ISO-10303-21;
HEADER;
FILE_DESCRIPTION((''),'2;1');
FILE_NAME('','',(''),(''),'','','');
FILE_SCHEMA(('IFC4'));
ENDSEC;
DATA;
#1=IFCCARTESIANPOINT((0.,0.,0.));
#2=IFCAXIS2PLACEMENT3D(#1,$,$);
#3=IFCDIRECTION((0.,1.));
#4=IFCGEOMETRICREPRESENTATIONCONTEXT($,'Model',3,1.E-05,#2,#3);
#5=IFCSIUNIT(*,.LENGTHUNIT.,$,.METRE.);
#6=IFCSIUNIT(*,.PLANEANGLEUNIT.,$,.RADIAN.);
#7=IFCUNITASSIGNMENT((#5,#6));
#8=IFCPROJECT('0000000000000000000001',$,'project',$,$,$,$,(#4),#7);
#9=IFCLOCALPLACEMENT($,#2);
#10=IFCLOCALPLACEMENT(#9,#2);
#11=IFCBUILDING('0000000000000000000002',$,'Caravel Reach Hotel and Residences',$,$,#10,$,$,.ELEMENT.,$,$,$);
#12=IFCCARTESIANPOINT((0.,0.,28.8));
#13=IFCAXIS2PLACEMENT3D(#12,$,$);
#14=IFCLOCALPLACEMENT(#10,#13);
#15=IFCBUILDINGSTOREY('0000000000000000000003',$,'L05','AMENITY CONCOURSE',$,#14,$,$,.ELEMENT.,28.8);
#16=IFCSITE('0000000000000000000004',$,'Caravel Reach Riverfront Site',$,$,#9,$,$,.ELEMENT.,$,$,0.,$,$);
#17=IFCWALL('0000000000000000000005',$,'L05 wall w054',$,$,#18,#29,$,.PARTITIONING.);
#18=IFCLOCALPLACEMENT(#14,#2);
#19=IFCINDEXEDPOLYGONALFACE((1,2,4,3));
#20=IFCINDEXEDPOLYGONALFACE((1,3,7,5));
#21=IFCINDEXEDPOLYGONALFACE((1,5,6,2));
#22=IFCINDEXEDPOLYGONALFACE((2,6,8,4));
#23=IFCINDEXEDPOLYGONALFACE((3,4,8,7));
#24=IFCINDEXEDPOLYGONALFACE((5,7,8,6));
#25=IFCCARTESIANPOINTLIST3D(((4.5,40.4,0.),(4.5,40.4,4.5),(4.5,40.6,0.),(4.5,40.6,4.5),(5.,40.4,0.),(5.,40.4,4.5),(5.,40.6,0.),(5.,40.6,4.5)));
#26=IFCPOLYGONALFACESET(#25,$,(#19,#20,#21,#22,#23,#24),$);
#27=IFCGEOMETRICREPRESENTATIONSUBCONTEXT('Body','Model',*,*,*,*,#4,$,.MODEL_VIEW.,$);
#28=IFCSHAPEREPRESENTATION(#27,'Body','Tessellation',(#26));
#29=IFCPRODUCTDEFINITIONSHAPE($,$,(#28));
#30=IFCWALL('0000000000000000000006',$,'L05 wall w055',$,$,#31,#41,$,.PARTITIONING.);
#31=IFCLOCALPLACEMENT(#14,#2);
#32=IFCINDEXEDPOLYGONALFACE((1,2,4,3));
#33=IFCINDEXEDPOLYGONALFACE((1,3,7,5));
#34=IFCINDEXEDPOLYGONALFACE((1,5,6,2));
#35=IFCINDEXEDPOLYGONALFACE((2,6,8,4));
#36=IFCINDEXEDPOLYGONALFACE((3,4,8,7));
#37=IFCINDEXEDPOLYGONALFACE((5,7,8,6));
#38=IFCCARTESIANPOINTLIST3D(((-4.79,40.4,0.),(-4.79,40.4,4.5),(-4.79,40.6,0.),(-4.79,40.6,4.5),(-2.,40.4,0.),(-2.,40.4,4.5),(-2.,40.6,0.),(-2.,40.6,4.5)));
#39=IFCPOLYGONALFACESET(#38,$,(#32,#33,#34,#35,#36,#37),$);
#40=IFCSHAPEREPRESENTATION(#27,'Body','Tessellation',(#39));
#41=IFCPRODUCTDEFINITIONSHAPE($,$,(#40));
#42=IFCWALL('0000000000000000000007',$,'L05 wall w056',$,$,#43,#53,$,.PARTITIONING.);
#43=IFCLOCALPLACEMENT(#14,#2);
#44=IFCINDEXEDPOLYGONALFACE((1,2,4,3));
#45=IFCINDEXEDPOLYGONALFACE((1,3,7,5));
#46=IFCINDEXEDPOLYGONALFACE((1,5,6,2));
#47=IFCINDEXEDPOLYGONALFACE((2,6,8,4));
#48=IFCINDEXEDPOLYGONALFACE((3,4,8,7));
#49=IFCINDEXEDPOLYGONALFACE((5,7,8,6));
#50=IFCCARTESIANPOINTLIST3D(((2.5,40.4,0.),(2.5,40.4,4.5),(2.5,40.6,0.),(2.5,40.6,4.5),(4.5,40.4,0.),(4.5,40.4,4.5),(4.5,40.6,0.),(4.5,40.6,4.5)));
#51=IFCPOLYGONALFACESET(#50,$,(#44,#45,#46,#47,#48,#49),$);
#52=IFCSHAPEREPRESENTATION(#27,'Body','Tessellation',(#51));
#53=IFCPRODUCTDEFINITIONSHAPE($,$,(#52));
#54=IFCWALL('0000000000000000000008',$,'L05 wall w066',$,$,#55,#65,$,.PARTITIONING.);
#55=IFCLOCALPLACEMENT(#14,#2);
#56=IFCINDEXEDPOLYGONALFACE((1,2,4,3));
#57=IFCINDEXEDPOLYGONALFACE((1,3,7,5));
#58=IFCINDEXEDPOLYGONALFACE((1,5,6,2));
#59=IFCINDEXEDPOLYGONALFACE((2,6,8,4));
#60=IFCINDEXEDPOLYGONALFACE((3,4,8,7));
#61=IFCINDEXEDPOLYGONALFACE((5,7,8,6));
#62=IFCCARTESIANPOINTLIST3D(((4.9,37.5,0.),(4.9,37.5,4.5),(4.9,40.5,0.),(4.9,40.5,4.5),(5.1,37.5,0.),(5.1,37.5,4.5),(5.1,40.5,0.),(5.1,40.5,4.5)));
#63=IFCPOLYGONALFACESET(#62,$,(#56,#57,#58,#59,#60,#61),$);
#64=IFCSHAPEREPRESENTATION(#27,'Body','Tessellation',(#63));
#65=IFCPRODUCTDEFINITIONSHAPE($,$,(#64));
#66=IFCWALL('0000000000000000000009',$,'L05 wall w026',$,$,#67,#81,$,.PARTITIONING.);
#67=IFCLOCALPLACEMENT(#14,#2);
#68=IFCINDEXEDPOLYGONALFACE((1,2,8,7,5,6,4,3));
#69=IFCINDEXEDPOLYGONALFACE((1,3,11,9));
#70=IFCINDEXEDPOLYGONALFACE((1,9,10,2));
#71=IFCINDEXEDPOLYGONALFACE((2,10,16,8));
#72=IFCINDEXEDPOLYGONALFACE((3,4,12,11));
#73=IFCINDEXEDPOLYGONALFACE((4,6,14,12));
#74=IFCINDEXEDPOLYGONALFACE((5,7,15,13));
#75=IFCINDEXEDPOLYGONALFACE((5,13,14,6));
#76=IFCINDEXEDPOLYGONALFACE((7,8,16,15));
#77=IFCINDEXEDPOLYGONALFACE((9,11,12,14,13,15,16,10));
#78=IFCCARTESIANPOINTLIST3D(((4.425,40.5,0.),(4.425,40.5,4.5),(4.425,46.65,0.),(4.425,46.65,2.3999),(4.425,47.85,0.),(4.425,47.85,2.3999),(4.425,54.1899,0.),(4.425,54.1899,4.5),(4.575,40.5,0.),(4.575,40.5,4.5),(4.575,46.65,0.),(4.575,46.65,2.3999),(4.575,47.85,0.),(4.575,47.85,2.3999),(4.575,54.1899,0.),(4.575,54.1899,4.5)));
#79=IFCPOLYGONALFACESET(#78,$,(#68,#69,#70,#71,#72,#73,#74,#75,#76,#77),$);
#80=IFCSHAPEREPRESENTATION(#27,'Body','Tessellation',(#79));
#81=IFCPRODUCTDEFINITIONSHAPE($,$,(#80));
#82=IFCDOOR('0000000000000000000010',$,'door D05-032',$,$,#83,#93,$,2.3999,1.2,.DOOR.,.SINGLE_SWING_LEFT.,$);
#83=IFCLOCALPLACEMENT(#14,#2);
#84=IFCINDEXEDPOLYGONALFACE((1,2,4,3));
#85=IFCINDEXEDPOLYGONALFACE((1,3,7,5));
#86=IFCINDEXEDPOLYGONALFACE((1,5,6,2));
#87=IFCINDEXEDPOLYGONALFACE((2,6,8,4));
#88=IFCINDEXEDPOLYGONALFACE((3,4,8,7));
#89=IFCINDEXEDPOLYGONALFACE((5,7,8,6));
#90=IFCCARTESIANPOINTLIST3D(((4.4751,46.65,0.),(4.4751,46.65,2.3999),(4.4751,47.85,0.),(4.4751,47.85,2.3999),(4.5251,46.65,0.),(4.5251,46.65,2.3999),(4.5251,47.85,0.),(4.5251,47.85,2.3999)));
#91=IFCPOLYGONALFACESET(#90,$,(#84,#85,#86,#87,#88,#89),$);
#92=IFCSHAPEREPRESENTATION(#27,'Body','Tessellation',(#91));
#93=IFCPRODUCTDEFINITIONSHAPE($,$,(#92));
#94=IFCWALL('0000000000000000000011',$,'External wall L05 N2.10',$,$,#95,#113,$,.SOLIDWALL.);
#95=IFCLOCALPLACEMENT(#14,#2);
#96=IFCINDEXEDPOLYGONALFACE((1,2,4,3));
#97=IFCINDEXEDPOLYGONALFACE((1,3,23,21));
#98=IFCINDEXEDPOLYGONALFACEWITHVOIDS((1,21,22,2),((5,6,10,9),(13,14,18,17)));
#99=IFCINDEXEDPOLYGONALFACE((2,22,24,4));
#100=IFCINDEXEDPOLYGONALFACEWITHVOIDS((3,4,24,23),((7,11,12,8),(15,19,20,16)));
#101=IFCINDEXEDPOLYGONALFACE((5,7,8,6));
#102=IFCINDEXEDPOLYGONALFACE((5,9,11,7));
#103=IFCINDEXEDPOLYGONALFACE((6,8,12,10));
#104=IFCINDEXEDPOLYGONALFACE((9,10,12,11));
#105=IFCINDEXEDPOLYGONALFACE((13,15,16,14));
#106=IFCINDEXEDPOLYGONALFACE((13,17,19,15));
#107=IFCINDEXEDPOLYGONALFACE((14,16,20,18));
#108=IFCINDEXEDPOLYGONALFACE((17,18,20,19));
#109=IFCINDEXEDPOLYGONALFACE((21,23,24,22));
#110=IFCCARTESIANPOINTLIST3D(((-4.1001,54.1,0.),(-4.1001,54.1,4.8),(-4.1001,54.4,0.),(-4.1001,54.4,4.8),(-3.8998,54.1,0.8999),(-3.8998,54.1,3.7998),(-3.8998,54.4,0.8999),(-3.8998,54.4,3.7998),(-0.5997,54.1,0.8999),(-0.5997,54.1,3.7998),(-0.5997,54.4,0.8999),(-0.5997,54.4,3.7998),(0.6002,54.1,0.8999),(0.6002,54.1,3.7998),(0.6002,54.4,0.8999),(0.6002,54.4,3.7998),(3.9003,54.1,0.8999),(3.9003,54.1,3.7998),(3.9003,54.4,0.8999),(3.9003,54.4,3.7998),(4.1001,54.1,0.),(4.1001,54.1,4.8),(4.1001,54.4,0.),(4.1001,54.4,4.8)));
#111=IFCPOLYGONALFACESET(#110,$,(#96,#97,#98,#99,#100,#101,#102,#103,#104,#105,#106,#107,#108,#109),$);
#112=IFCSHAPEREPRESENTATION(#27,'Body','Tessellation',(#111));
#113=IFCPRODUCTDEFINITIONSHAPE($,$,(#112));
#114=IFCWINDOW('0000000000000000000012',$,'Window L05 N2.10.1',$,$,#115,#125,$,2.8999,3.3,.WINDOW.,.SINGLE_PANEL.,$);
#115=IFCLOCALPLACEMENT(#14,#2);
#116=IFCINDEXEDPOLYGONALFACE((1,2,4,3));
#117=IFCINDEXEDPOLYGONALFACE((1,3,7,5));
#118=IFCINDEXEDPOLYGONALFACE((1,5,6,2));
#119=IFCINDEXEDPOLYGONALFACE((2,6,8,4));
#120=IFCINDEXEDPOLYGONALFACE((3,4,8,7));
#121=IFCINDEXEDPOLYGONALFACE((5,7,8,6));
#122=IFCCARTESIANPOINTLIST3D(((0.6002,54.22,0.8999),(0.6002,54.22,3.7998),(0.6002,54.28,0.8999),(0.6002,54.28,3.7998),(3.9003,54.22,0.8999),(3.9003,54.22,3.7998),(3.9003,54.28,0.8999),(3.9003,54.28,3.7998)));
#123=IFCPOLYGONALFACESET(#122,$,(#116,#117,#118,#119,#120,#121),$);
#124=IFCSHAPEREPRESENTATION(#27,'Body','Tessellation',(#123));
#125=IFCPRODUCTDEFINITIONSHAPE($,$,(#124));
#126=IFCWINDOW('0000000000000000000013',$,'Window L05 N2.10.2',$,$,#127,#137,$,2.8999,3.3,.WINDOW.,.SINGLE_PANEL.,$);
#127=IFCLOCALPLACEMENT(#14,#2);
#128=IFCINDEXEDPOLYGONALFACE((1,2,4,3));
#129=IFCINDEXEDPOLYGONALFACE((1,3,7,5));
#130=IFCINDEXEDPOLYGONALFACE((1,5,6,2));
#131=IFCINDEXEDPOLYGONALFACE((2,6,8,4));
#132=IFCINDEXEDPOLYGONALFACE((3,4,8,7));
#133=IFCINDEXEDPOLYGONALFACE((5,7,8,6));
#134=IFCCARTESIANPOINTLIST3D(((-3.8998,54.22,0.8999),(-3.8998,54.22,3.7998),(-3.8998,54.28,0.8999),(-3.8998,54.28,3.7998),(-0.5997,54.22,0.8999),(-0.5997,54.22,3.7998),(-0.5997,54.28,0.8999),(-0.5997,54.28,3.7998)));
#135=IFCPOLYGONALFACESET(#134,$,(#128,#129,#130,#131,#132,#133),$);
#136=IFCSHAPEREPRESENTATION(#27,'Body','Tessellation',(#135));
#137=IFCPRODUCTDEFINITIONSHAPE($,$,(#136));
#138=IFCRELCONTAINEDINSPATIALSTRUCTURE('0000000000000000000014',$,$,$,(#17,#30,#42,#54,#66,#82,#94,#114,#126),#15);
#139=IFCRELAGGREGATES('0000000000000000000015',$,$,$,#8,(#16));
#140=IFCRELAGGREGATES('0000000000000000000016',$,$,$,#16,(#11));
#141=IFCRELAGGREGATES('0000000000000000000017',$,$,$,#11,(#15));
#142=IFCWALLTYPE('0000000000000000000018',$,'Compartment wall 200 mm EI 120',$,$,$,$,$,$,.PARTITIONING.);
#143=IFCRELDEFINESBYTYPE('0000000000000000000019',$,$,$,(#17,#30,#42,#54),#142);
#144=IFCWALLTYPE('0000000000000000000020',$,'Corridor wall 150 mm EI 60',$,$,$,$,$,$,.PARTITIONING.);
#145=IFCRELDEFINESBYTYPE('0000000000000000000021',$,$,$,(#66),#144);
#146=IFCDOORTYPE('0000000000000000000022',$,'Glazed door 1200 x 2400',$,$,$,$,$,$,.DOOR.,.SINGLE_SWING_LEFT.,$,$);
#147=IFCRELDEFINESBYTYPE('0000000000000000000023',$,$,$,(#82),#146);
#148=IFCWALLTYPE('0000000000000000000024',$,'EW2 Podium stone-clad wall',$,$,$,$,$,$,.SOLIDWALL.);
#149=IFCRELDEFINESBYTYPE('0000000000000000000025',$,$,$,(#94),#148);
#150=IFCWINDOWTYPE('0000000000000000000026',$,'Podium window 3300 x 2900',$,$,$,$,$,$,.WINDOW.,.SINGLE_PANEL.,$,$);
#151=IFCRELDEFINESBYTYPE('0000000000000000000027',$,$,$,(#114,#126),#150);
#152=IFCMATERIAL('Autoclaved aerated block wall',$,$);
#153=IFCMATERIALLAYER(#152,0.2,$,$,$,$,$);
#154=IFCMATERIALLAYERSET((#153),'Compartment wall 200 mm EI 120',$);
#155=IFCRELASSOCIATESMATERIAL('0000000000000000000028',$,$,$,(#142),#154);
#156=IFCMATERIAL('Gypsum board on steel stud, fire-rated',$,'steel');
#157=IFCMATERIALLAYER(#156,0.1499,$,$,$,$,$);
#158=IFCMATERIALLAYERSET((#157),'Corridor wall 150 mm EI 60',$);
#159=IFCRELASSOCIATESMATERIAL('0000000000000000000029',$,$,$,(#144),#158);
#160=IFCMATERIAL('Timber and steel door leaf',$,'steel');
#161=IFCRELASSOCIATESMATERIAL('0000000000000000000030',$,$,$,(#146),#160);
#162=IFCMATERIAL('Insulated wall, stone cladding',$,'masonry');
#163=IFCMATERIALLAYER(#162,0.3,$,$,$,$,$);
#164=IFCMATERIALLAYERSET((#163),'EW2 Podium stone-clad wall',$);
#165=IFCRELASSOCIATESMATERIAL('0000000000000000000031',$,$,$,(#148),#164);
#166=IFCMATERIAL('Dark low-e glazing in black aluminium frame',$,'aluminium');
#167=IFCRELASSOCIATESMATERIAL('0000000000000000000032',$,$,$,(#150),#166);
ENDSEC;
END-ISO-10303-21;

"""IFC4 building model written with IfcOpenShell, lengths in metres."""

from ifc_helpers import new_model, si_unit, direction, frame, frame_2d, origin, place, context, subcontext, project, spatial, rectangle, extrude, material, layer, layer_set, type_object, element, fill, save


model = new_model("IFC4")

# Units and contexts
model_context = context("Model", 3, precision=1e-05, world=origin(), true_north=direction((0.0, 1.0)))
body_context = subcontext(model_context, "Body", "Model", "MODEL_VIEW")
ifc_project = project(units=[si_unit("LENGTHUNIT", "METRE"), si_unit("PLANEANGLEUNIT", "RADIAN")], contexts=[model_context])

# Site, building, storey
site_placement = place(None, origin())
site = spatial("IfcSite", under=ifc_project, at=site_placement, Name="Caravel Reach Riverfront Site", CompositionType="ELEMENT", RefElevation=0.0)
building_placement = place(site_placement, origin())
building = spatial("IfcBuilding", under=site, at=building_placement, Name="Caravel Reach Hotel and Residences", CompositionType="ELEMENT")
storey_placement = place(building_placement, frame((0.0, 0.0, 28.8)))
storey = spatial("IfcBuildingStorey", under=building, at=storey_placement, Name="L05", Description="AMENITY CONCOURSE", CompositionType="ELEMENT", Elevation=28.8)

# Walls
ifc_material_1 = material(Name="Autoclaved aerated block wall")
ifc_layer_1 = layer(ifc_material_1, 0.2)
ifc_layer_set_1 = layer_set([ifc_layer_1], Name="Compartment wall 200 mm EI 120")
wall_type_1 = type_object("IfcWallType", Name="Compartment wall 200 mm EI 120", PredefinedType="PARTITIONING", material=ifc_layer_set_1)
wall_1_placement = place(storey_placement, frame((4.5, 40.5, 0.0), z_axis=(0.0, 0.0, 1.0), x_axis=(1.0, 0.0, 0.0)))
element("IfcWall", 1, at=wall_1_placement, inside=storey, type_object=wall_type_1, Name="L05 wall w054", PredefinedType="PARTITIONING", context=body_context, shape_type="SweptSolid", body=[
    extrude(rectangle(XDim=0.5, YDim=0.2, at=frame_2d((0.25, 0.0))), origin(), (0.0, 0.0, 1.0), 4.5),
])
wall_2_placement = place(storey_placement, frame((-4.79, 40.5, 0.0), z_axis=(0.0, 0.0, 1.0), x_axis=(1.0, 0.0, 0.0)))
element("IfcWall", 2, at=wall_2_placement, inside=storey, type_object=wall_type_1, Name="L05 wall w055", PredefinedType="PARTITIONING", context=body_context, shape_type="SweptSolid", body=[
    extrude(rectangle(XDim=2.79, YDim=0.2, at=frame_2d((1.395, 0.0))), origin(), (0.0, 0.0, 1.0), 4.5),
])
wall_3_placement = place(storey_placement, frame((2.5, 40.5, 0.0), z_axis=(0.0, 0.0, 1.0), x_axis=(1.0, 0.0, 0.0)))
element("IfcWall", 3, at=wall_3_placement, inside=storey, type_object=wall_type_1, Name="L05 wall w056", PredefinedType="PARTITIONING", context=body_context, shape_type="SweptSolid", body=[
    extrude(rectangle(XDim=2.0, YDim=0.2, at=frame_2d((1.0, 0.0))), origin(), (0.0, 0.0, 1.0), 4.5),
])
wall_4_placement = place(storey_placement, frame((5.0, 37.5, 0.0), z_axis=(0.0, 0.0, 1.0), x_axis=(0.0, 1.0, 0.0)))
element("IfcWall", 4, at=wall_4_placement, inside=storey, type_object=wall_type_1, Name="L05 wall w066", PredefinedType="PARTITIONING", context=body_context, shape_type="SweptSolid", body=[
    extrude(rectangle(XDim=3.0, YDim=0.2, at=frame_2d((1.5, 0.0))), origin(), (0.0, 0.0, 1.0), 4.5),
])

# Wall, opening, door
ifc_material_2 = material(Name="Gypsum board on steel stud, fire-rated", Category="steel")
ifc_layer_2 = layer(ifc_material_2, 0.1499)
ifc_layer_set_2 = layer_set([ifc_layer_2], Name="Corridor wall 150 mm EI 60")
wall_type_2 = type_object("IfcWallType", Name="Corridor wall 150 mm EI 60", PredefinedType="PARTITIONING", material=ifc_layer_set_2)
wall_5_placement = place(storey_placement, frame((4.5, 40.5, 0.0), z_axis=(0.0, 0.0, 1.0), x_axis=(0.0, 1.0, 0.0)))
wall_5 = element("IfcWall", 5, at=wall_5_placement, inside=storey, type_object=wall_type_2, Name="L05 wall w026", PredefinedType="PARTITIONING", context=body_context, shape_type="SweptSolid", body=[
    extrude(rectangle(XDim=13.6899, YDim=0.1499, at=frame_2d((6.845, 0.0))), origin(), (0.0, 0.0, 1.0), 4.5),
])
opening_1_placement = place(wall_5_placement, frame((6.1499, 0.0, 0.0)))
opening_1 = element("IfcOpeningElement", 6, at=opening_1_placement, cuts=wall_5, PredefinedType="OPENING", context=body_context, shape_type="SweptSolid", body=[
    extrude(rectangle(XDim=1.2, YDim=2.3999, at=frame_2d((0.6001, 1.2))), frame((0.0, 0.085, 0.0), z_axis=(0.0, -1.0, 0.0), x_axis=(1.0, 0.0, 0.0)), (0.0, 0.0, 1.0), 0.1699),
])
ifc_material_3 = material(Name="Timber and steel door leaf", Category="steel")
door_type_1 = type_object("IfcDoorType", Name="Glazed door 1200 x 2400", OperationType="SINGLE_SWING_LEFT", PredefinedType="DOOR", material=ifc_material_3)
door_1_placement = place(opening_1_placement, origin())
door_1 = element("IfcDoor", 7, at=door_1_placement, inside=storey, type_object=door_type_1, Name="door D05-032", OperationType="SINGLE_SWING_LEFT", OverallHeight=2.3999, OverallWidth=1.2, PredefinedType="DOOR", context=body_context, shape_type="SweptSolid", body=[
    extrude(rectangle(XDim=1.2, YDim=2.3999, at=frame_2d((0.6001, 1.2))), frame((0.0, 0.0249, 0.0), z_axis=(0.0, -1.0, 0.0), x_axis=(1.0, 0.0, 0.0)), (0.0, 0.0, 1.0), 0.05),
])
fill(opening_1, door_1)

# Wall, openings, windows
ifc_material_4 = material(Name="Insulated wall, stone cladding", Category="masonry")
ifc_layer_3 = layer(ifc_material_4, 0.3)
ifc_layer_set_3 = layer_set([ifc_layer_3], Name="EW2 Podium stone-clad wall")
wall_type_3 = type_object("IfcWallType", Name="EW2 Podium stone-clad wall", PredefinedType="SOLIDWALL", material=ifc_layer_set_3)
wall_6_placement = place(storey_placement, frame((4.1001, 54.25, 0.0), z_axis=(0.0, 0.0, 1.0), x_axis=(-1.0, 0.0, 0.0)))
wall_6 = element("IfcWall", 8, at=wall_6_placement, inside=storey, type_object=wall_type_3, Name="External wall L05 N2.10", PredefinedType="SOLIDWALL", context=body_context, shape_type="SweptSolid", body=[
    extrude(rectangle(XDim=8.2002, YDim=0.3, at=frame_2d((4.1001, 0.0))), origin(), (0.0, 0.0, 1.0), 4.8),
])
opening_2_placement = place(wall_6_placement, frame((0.2, 0.0, 0.8999)))
opening_2 = element("IfcOpeningElement", 9, at=opening_2_placement, cuts=wall_6, PredefinedType="OPENING", context=body_context, shape_type="SweptSolid", body=[
    extrude(rectangle(XDim=3.3, YDim=2.8999, at=frame_2d((1.6499, 1.45))), frame((0.0, 0.1599, 0.0), z_axis=(0.0, -1.0, 0.0), x_axis=(1.0, 0.0, 0.0)), (0.0, 0.0, 1.0), 0.3201),
])
opening_3_placement = place(wall_6_placement, frame((4.7, 0.0, 0.8999)))
opening_3 = element("IfcOpeningElement", 10, at=opening_3_placement, cuts=wall_6, PredefinedType="OPENING", context=body_context, shape_type="SweptSolid", body=[
    extrude(rectangle(XDim=3.3, YDim=2.8999, at=frame_2d((1.6499, 1.45))), frame((0.0, 0.1599, 0.0), z_axis=(0.0, -1.0, 0.0), x_axis=(1.0, 0.0, 0.0)), (0.0, 0.0, 1.0), 0.3201),
])
ifc_material_5 = material(Name="Dark low-e glazing in black aluminium frame", Category="aluminium")
window_type = type_object("IfcWindowType", Name="Podium window 3300 x 2900", PartitioningType="SINGLE_PANEL", PredefinedType="WINDOW", material=ifc_material_5)
window_1_placement = place(opening_2_placement, origin())
window_1 = element("IfcWindow", 11, at=window_1_placement, inside=storey, type_object=window_type, Name="Window L05 N2.10.1", OverallHeight=2.8999, OverallWidth=3.3, PartitioningType="SINGLE_PANEL", PredefinedType="WINDOW", context=body_context, shape_type="SweptSolid", body=[
    extrude(rectangle(XDim=3.3, YDim=2.8999, at=frame_2d((1.6499, 1.45))), frame((0.0, 0.03, 0.0), z_axis=(0.0, -1.0, 0.0), x_axis=(1.0, 0.0, 0.0)), (0.0, 0.0, 1.0), 0.0601),
])
fill(opening_2, window_1)
window_2_placement = place(opening_3_placement, origin())
window_2 = element("IfcWindow", 12, at=window_2_placement, inside=storey, type_object=window_type, Name="Window L05 N2.10.2", OverallHeight=2.8999, OverallWidth=3.3, PartitioningType="SINGLE_PANEL", PredefinedType="WINDOW", context=body_context, shape_type="SweptSolid", body=[
    extrude(rectangle(XDim=3.3, YDim=2.8999, at=frame_2d((1.6499, 1.45))), frame((0.0, 0.03, 0.0), z_axis=(0.0, -1.0, 0.0), x_axis=(1.0, 0.0, 0.0)), (0.0, 0.0, 1.0), 0.0601),
])
fill(opening_3, window_2)

save(model, "model.ifc")
